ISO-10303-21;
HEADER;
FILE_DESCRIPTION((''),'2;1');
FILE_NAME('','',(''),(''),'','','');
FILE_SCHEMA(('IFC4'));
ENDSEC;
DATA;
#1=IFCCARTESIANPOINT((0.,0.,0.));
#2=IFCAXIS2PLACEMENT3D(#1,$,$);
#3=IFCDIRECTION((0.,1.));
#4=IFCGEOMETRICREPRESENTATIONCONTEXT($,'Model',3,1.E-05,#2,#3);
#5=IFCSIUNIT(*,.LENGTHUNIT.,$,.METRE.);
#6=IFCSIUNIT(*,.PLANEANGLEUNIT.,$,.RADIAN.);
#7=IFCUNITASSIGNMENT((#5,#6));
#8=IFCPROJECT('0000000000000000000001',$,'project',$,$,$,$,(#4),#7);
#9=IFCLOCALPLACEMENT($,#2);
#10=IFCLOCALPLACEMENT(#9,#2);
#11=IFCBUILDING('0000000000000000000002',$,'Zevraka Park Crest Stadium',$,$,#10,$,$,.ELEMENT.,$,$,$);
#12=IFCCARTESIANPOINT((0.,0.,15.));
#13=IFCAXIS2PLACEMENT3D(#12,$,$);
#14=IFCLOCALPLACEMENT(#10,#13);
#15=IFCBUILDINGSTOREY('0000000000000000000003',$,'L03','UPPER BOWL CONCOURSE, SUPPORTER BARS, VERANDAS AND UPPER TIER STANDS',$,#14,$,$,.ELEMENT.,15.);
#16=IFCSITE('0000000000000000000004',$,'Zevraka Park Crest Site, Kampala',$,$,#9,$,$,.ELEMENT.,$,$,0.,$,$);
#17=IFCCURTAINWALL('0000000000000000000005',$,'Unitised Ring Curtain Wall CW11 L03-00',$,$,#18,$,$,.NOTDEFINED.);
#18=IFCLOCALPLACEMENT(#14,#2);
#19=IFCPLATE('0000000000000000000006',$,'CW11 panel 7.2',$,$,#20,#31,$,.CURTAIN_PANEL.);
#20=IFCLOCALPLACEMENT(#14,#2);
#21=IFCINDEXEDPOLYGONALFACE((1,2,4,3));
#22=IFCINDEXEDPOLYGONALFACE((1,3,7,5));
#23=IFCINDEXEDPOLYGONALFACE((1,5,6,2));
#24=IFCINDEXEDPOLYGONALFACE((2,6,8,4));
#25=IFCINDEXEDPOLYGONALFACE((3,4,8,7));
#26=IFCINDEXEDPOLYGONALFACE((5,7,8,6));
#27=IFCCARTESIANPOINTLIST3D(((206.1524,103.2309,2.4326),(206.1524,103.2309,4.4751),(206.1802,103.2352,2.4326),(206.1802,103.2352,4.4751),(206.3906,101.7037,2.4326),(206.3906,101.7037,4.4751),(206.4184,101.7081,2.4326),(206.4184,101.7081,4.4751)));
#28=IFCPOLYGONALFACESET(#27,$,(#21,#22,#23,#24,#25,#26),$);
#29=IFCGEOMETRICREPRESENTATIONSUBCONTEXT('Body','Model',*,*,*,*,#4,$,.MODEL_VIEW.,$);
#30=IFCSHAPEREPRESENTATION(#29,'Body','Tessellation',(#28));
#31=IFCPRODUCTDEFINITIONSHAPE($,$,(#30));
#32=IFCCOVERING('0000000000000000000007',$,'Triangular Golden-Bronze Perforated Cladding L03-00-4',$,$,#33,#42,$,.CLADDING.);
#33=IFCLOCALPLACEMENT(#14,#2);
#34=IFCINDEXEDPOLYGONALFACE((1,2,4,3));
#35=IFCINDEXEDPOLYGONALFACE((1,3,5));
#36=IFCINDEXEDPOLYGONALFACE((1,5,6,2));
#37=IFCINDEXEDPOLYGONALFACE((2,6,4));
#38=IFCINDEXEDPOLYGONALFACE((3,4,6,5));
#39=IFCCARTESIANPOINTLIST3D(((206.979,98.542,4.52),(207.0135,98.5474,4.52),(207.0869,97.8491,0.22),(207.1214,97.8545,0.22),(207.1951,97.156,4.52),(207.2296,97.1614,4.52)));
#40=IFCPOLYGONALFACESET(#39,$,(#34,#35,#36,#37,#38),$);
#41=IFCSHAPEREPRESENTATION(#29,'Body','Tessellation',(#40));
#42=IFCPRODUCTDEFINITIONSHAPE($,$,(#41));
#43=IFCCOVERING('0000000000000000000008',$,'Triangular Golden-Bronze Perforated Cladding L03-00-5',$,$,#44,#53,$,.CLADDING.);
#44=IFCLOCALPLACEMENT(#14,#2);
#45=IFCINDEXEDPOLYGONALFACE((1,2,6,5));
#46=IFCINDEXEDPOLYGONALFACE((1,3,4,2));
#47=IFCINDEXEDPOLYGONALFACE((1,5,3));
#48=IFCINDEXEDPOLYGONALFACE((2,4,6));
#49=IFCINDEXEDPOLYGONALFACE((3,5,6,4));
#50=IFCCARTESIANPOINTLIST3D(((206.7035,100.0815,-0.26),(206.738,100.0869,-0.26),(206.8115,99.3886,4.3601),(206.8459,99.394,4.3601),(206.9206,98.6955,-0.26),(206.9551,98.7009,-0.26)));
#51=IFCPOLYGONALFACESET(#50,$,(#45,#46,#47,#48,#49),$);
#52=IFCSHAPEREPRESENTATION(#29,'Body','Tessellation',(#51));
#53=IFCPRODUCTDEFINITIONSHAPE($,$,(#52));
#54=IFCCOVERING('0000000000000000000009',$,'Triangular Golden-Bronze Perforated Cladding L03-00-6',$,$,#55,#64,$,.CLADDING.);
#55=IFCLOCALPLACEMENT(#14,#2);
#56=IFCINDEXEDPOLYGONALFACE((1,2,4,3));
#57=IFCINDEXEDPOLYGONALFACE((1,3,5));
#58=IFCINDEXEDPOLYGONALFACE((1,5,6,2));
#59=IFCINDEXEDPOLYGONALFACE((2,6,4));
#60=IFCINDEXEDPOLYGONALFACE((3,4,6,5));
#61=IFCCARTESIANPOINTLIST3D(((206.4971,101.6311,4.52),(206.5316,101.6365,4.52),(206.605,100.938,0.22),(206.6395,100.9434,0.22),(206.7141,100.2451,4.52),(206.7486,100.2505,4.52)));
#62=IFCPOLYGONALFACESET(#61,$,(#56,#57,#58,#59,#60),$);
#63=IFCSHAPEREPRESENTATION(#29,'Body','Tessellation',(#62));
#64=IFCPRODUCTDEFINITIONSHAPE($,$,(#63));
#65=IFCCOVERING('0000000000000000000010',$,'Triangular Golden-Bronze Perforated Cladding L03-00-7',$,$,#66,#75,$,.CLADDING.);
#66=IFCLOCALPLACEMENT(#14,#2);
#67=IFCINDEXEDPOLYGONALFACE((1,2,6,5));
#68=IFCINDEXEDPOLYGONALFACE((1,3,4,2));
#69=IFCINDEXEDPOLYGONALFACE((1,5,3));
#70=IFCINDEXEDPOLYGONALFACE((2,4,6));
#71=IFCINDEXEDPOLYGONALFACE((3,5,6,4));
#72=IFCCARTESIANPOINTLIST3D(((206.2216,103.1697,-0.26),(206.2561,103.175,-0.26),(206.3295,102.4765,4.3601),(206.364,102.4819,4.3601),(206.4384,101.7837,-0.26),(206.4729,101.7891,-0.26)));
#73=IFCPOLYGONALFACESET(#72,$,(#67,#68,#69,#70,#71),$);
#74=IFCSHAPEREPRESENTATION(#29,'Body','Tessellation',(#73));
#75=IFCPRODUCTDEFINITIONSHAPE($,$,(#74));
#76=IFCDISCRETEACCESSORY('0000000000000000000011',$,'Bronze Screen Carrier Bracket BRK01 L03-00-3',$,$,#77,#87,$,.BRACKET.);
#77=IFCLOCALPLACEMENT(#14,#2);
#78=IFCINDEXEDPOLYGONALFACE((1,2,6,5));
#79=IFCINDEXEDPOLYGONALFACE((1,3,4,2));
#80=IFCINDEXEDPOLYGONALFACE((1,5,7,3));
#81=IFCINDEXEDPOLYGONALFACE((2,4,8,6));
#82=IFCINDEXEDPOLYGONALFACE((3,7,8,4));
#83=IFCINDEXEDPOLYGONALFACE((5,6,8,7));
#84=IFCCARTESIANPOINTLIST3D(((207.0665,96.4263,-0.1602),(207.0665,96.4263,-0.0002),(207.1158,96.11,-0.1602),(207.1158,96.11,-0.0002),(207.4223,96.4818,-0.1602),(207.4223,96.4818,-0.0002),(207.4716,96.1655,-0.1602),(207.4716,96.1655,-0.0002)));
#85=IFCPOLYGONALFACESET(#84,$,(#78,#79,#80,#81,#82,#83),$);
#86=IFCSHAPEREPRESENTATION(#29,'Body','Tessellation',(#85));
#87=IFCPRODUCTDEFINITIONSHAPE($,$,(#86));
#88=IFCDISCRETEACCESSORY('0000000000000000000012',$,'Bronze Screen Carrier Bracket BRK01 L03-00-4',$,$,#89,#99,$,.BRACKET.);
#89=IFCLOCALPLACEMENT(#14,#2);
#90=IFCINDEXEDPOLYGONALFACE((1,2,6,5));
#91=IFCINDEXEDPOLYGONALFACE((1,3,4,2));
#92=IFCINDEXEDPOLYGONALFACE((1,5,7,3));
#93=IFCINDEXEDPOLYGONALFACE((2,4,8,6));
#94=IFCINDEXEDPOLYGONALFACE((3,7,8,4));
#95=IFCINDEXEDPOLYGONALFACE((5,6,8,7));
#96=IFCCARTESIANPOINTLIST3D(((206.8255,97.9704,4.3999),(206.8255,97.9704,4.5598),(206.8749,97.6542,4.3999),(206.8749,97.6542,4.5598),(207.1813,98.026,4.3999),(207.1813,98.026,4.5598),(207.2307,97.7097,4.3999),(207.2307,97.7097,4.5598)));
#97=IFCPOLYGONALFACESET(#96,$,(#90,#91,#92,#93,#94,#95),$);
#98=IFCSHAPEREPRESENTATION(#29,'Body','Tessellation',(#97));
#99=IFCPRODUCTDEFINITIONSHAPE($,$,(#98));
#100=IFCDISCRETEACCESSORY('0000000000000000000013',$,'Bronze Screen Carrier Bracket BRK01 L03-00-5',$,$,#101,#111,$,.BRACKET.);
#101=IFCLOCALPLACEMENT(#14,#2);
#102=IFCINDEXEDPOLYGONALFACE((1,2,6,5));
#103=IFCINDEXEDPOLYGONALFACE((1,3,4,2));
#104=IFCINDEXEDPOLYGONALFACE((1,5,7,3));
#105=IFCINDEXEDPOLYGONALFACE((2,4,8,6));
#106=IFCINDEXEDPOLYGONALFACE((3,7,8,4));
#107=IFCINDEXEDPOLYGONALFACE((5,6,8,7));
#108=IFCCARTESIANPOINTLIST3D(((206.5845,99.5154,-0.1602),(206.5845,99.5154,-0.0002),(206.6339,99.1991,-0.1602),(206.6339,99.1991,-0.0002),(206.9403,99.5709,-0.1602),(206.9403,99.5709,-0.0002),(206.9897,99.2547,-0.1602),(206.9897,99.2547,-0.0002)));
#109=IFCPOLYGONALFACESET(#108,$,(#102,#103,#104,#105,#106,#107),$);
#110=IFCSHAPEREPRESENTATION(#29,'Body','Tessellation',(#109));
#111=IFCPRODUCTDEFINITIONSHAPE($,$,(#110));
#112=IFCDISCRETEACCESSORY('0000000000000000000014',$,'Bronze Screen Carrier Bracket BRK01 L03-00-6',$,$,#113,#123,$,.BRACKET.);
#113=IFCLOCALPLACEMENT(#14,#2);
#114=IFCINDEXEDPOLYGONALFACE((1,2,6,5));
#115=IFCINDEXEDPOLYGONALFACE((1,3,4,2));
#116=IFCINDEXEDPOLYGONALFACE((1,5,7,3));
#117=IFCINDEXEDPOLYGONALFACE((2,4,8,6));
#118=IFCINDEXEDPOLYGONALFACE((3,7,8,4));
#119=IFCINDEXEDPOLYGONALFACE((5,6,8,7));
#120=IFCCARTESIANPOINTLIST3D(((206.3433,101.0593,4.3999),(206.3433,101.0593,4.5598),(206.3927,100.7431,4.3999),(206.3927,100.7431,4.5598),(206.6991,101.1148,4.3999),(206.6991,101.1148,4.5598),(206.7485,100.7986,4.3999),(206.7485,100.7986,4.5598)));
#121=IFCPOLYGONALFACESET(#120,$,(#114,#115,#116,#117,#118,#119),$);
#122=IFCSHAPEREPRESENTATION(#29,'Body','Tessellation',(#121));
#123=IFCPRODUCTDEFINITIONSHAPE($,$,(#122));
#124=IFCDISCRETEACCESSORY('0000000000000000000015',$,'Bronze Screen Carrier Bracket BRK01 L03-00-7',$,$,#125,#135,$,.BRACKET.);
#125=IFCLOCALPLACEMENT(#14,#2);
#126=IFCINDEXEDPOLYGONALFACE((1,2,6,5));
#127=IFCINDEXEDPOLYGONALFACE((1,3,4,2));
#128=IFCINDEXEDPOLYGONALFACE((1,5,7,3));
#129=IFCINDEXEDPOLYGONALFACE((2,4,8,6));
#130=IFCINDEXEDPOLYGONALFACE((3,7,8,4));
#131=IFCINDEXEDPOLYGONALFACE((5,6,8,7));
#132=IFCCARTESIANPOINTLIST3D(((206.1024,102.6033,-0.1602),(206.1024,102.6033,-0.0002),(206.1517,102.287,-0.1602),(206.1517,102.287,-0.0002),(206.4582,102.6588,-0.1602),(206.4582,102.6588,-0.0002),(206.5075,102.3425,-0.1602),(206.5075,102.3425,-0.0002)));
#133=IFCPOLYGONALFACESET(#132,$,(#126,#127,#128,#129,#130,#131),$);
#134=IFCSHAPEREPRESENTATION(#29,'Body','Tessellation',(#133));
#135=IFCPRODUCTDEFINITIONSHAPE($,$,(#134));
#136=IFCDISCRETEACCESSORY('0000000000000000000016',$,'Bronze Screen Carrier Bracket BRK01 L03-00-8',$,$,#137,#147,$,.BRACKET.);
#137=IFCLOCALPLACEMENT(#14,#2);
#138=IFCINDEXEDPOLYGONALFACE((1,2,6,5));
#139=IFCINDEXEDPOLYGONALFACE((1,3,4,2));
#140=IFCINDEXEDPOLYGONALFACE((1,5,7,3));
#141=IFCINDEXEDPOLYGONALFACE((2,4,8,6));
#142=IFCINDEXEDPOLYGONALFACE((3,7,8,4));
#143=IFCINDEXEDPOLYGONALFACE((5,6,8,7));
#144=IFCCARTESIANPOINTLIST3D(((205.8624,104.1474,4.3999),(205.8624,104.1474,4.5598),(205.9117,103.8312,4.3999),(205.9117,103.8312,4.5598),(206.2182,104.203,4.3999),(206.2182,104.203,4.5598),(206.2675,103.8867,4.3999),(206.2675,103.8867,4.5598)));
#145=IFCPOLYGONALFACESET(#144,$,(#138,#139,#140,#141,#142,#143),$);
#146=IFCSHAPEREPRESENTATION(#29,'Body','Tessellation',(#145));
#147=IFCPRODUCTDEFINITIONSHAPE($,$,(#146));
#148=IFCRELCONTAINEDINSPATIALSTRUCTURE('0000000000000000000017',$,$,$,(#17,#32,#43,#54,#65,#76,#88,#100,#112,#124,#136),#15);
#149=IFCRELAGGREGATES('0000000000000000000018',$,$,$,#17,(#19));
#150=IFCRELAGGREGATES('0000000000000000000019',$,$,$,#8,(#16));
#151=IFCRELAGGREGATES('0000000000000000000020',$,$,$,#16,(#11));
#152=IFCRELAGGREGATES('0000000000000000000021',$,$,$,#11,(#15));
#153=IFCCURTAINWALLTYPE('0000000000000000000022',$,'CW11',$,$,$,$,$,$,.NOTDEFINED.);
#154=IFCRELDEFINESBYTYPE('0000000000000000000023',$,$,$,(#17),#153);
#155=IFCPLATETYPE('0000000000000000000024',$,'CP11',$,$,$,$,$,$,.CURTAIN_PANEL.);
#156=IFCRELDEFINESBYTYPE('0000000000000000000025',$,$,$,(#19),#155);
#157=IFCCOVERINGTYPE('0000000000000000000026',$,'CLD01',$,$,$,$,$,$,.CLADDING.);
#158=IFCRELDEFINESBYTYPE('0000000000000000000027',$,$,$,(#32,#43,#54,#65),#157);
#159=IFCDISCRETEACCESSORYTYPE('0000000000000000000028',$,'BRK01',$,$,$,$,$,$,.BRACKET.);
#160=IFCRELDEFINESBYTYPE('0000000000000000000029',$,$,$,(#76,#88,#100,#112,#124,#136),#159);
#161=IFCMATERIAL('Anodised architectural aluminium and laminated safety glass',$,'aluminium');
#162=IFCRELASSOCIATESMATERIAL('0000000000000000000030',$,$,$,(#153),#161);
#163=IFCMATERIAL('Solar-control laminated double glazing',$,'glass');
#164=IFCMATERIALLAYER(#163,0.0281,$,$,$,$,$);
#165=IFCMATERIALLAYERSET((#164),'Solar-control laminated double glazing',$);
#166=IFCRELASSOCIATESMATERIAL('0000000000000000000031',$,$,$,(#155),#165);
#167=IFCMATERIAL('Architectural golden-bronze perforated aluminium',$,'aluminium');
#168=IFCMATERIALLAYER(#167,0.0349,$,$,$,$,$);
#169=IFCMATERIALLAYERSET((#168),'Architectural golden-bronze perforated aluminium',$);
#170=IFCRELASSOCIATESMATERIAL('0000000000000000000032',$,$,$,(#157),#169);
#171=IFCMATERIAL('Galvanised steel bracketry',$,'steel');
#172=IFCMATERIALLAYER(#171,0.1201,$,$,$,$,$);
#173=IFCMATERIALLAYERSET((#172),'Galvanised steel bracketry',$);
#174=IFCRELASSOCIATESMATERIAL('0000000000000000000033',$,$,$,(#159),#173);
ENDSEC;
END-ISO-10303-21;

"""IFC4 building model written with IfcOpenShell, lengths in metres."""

from ifc_helpers import new_model, si_unit, direction, frame, origin, origin_2d, place, context, subcontext, project, spatial, polyline, rectangle, outline, extrude, material, layer, layer_set, type_object, element, aggregate, save


model = new_model("IFC4")

# Units and contexts
model_context = context("Model", 3, precision=1e-05, world=origin(), true_north=direction((0.0, 1.0)))
body_context = subcontext(model_context, "Body", "Model", "MODEL_VIEW")
ifc_project = project(units=[si_unit("LENGTHUNIT", "METRE"), si_unit("PLANEANGLEUNIT", "RADIAN")], contexts=[model_context])

# Site, building, storey
site_placement = place(None, origin())
site = spatial("IfcSite", under=ifc_project, at=site_placement, Name="Zevraka Park Crest Site, Kampala", CompositionType="ELEMENT", RefElevation=0.0)
building_placement = place(site_placement, origin())
building = spatial("IfcBuilding", under=site, at=building_placement, Name="Zevraka Park Crest Stadium", CompositionType="ELEMENT")
storey_placement = place(building_placement, frame((0.0, 0.0, 15.0)))
storey = spatial("IfcBuildingStorey", under=building, at=storey_placement, Name="L03", Description="UPPER BOWL CONCOURSE, SUPPORTER BARS, VERANDAS AND UPPER TIER STANDS", CompositionType="ELEMENT", Elevation=15.0)

# Curtain wall, plate
ifc_material_1 = material(Name="Anodised architectural aluminium and laminated safety glass", Category="aluminium")
curtain_wall_type = type_object("IfcCurtainWallType", Name="CW11", PredefinedType="NOTDEFINED", material=ifc_material_1)
curtain_wall_placement = place(storey_placement, origin())
curtain_wall = element("IfcCurtainWall", 1, at=curtain_wall_placement, inside=storey, type_object=curtain_wall_type, Name="Unitised Ring Curtain Wall CW11 L03-00", PredefinedType="NOTDEFINED")
ifc_material_2 = material(Name="Solar-control laminated double glazing", Category="glass")
ifc_layer_1 = layer(ifc_material_2, 0.0281)
ifc_layer_set_1 = layer_set([ifc_layer_1], Name="Solar-control laminated double glazing")
plate_type = type_object("IfcPlateType", Name="CP11", PredefinedType="CURTAIN_PANEL", material=ifc_layer_set_1)
plate_1_placement = place(storey_placement, frame((206.2854, 102.4695, 2.4326), z_axis=(0.0, 0.0, 1.0), x_axis=(-0.154128, 0.988051, 0.0)))
plate_1 = element("IfcPlate", 2, at=plate_1_placement, type_object=plate_type, Name="CW11 panel 7.2", PredefinedType="CURTAIN_PANEL", context=body_context, shape_type="SweptSolid", body=[
    extrude(rectangle(XDim=1.5457, YDim=0.0281, at=origin_2d()), origin(), (0.0, 0.0, 1.0), 2.0425),
])
aggregate(curtain_wall, [plate_1])

# Coverings
ifc_material_3 = material(Name="Architectural golden-bronze perforated aluminium", Category="aluminium")
ifc_layer_2 = layer(ifc_material_3, 0.0349)
ifc_layer_set_2 = layer_set([ifc_layer_2], Name="Architectural golden-bronze perforated aluminium")
covering_type = type_object("IfcCoveringType", Name="CLD01", PredefinedType="CLADDING", material=ifc_layer_set_2)
covering_1_placement = place(storey_placement, frame((206.979, 98.542, 4.52), z_axis=(-0.988066, -0.154032, 0.000024), x_axis=(0.154032, -0.988066, 0.0)))
element("IfcCovering", 3, at=covering_1_placement, inside=storey, type_object=covering_type, Name="Triangular Golden-Bronze Perforated Cladding L03-00-4", PredefinedType="CLADDING", context=body_context, shape_type="SweptSolid", body=[
    extrude(outline(polyline([(0.0, 0.0), (1.4027, 0.0), (0.7012, -4.3), (0.0, 0.0)])), origin(), (0.0, 0.0, -1.0), 0.0349),
])
covering_2_placement = place(storey_placement, frame((206.9551, 98.7009, -0.26), z_axis=(0.98796, 0.154711, 0.000126), x_axis=(-0.154711, 0.98796, 0.0)))
element("IfcCovering", 4, at=covering_2_placement, inside=storey, type_object=covering_type, Name="Triangular Golden-Bronze Perforated Cladding L03-00-5", PredefinedType="CLADDING", context=body_context, shape_type="SweptSolid", body=[
    extrude(outline(polyline([(0.0, 0.0), (1.4029, 0.0), (0.7017, 4.6201), (0.0, 0.0)])), origin(), (0.0, 0.0, -1.0), 0.0349),
])
covering_3_placement = place(storey_placement, frame((206.4971, 101.6311, 4.52), z_axis=(-0.98796, -0.154711, 0.000145), x_axis=(0.154711, -0.98796, 0.0)))
element("IfcCovering", 5, at=covering_3_placement, inside=storey, type_object=covering_type, Name="Triangular Golden-Bronze Perforated Cladding L03-00-6", PredefinedType="CLADDING", context=body_context, shape_type="SweptSolid", body=[
    extrude(outline(polyline([(0.0, 0.0), (1.4029, 0.0), (0.7015, -4.3), (0.0, 0.0)])), origin(), (0.0, 0.0, -1.0), 0.0349),
])
covering_4_placement = place(storey_placement, frame((206.4729, 101.7891, -0.26), z_axis=(0.987986, 0.154541, 0.000108), x_axis=(-0.154541, 0.987986, 0.0)))
element("IfcCovering", 6, at=covering_4_placement, inside=storey, type_object=covering_type, Name="Triangular Golden-Bronze Perforated Cladding L03-00-7", PredefinedType="CLADDING", context=body_context, shape_type="SweptSolid", body=[
    extrude(outline(polyline([(0.0, 0.0), (1.4028, 0.0), (0.7014, 4.6201), (0.0, 0.0)])), origin(), (0.0, 0.0, -1.0), 0.0349),
])

# Discrete accessories
ifc_material_4 = material(Name="Galvanised steel bracketry", Category="steel")
ifc_layer_3 = layer(ifc_material_4, 0.1201)
ifc_layer_set_3 = layer_set([ifc_layer_3], Name="Galvanised steel bracketry")
discrete_accessory_type = type_object("IfcDiscreteAccessoryType", Name="BRK01", PredefinedType="BRACKET", material=ifc_layer_set_3)
for number, where, z_axis, x_axis, name in (
    (7, (207.269, 96.2959, -0.1602), (0.0, 0.0, 1.0), (-0.154193, 0.988041, 0.0), "Bronze Screen Carrier Bracket BRK01 L03-00-3"),
    (8, (207.0281, 97.8401, 4.3999), (0.0, 0.0, 1.0), (-0.154193, 0.988041, 0.0), "Bronze Screen Carrier Bracket BRK01 L03-00-4"),
    (9, (206.7871, 99.385, -0.1602), (0.0, 0.0, 1.0), (-0.154193, 0.988041, 0.0), "Bronze Screen Carrier Bracket BRK01 L03-00-5"),
    (10, (206.5459, 100.929, 4.3999), (0.0, 0.0, 1.0), (-0.154193, 0.988041, 0.0), "Bronze Screen Carrier Bracket BRK01 L03-00-6"),
    (11, (206.3049, 102.4729, -0.1602), (0.0, 0.0, 1.0), (-0.154193, 0.988041, 0.0), "Bronze Screen Carrier Bracket BRK01 L03-00-7"),
    (12, (206.0649, 104.0171, 4.3999), (0.0, 0.0, 1.0), (-0.154193, 0.988041, 0.0), "Bronze Screen Carrier Bracket BRK01 L03-00-8"),
):
    element("IfcDiscreteAccessory", number, at=place(storey_placement, frame(where, z_axis=z_axis, x_axis=x_axis)), inside=storey, type_object=discrete_accessory_type, Name=name, PredefinedType="BRACKET", context=body_context, shape_type="SweptSolid", body=[
        extrude(rectangle(XDim=0.3201, YDim=0.3601, at=origin_2d()), origin(), (0.0, 0.0, 1.0), 0.1599),
    ])

save(model, "model.ifc")
